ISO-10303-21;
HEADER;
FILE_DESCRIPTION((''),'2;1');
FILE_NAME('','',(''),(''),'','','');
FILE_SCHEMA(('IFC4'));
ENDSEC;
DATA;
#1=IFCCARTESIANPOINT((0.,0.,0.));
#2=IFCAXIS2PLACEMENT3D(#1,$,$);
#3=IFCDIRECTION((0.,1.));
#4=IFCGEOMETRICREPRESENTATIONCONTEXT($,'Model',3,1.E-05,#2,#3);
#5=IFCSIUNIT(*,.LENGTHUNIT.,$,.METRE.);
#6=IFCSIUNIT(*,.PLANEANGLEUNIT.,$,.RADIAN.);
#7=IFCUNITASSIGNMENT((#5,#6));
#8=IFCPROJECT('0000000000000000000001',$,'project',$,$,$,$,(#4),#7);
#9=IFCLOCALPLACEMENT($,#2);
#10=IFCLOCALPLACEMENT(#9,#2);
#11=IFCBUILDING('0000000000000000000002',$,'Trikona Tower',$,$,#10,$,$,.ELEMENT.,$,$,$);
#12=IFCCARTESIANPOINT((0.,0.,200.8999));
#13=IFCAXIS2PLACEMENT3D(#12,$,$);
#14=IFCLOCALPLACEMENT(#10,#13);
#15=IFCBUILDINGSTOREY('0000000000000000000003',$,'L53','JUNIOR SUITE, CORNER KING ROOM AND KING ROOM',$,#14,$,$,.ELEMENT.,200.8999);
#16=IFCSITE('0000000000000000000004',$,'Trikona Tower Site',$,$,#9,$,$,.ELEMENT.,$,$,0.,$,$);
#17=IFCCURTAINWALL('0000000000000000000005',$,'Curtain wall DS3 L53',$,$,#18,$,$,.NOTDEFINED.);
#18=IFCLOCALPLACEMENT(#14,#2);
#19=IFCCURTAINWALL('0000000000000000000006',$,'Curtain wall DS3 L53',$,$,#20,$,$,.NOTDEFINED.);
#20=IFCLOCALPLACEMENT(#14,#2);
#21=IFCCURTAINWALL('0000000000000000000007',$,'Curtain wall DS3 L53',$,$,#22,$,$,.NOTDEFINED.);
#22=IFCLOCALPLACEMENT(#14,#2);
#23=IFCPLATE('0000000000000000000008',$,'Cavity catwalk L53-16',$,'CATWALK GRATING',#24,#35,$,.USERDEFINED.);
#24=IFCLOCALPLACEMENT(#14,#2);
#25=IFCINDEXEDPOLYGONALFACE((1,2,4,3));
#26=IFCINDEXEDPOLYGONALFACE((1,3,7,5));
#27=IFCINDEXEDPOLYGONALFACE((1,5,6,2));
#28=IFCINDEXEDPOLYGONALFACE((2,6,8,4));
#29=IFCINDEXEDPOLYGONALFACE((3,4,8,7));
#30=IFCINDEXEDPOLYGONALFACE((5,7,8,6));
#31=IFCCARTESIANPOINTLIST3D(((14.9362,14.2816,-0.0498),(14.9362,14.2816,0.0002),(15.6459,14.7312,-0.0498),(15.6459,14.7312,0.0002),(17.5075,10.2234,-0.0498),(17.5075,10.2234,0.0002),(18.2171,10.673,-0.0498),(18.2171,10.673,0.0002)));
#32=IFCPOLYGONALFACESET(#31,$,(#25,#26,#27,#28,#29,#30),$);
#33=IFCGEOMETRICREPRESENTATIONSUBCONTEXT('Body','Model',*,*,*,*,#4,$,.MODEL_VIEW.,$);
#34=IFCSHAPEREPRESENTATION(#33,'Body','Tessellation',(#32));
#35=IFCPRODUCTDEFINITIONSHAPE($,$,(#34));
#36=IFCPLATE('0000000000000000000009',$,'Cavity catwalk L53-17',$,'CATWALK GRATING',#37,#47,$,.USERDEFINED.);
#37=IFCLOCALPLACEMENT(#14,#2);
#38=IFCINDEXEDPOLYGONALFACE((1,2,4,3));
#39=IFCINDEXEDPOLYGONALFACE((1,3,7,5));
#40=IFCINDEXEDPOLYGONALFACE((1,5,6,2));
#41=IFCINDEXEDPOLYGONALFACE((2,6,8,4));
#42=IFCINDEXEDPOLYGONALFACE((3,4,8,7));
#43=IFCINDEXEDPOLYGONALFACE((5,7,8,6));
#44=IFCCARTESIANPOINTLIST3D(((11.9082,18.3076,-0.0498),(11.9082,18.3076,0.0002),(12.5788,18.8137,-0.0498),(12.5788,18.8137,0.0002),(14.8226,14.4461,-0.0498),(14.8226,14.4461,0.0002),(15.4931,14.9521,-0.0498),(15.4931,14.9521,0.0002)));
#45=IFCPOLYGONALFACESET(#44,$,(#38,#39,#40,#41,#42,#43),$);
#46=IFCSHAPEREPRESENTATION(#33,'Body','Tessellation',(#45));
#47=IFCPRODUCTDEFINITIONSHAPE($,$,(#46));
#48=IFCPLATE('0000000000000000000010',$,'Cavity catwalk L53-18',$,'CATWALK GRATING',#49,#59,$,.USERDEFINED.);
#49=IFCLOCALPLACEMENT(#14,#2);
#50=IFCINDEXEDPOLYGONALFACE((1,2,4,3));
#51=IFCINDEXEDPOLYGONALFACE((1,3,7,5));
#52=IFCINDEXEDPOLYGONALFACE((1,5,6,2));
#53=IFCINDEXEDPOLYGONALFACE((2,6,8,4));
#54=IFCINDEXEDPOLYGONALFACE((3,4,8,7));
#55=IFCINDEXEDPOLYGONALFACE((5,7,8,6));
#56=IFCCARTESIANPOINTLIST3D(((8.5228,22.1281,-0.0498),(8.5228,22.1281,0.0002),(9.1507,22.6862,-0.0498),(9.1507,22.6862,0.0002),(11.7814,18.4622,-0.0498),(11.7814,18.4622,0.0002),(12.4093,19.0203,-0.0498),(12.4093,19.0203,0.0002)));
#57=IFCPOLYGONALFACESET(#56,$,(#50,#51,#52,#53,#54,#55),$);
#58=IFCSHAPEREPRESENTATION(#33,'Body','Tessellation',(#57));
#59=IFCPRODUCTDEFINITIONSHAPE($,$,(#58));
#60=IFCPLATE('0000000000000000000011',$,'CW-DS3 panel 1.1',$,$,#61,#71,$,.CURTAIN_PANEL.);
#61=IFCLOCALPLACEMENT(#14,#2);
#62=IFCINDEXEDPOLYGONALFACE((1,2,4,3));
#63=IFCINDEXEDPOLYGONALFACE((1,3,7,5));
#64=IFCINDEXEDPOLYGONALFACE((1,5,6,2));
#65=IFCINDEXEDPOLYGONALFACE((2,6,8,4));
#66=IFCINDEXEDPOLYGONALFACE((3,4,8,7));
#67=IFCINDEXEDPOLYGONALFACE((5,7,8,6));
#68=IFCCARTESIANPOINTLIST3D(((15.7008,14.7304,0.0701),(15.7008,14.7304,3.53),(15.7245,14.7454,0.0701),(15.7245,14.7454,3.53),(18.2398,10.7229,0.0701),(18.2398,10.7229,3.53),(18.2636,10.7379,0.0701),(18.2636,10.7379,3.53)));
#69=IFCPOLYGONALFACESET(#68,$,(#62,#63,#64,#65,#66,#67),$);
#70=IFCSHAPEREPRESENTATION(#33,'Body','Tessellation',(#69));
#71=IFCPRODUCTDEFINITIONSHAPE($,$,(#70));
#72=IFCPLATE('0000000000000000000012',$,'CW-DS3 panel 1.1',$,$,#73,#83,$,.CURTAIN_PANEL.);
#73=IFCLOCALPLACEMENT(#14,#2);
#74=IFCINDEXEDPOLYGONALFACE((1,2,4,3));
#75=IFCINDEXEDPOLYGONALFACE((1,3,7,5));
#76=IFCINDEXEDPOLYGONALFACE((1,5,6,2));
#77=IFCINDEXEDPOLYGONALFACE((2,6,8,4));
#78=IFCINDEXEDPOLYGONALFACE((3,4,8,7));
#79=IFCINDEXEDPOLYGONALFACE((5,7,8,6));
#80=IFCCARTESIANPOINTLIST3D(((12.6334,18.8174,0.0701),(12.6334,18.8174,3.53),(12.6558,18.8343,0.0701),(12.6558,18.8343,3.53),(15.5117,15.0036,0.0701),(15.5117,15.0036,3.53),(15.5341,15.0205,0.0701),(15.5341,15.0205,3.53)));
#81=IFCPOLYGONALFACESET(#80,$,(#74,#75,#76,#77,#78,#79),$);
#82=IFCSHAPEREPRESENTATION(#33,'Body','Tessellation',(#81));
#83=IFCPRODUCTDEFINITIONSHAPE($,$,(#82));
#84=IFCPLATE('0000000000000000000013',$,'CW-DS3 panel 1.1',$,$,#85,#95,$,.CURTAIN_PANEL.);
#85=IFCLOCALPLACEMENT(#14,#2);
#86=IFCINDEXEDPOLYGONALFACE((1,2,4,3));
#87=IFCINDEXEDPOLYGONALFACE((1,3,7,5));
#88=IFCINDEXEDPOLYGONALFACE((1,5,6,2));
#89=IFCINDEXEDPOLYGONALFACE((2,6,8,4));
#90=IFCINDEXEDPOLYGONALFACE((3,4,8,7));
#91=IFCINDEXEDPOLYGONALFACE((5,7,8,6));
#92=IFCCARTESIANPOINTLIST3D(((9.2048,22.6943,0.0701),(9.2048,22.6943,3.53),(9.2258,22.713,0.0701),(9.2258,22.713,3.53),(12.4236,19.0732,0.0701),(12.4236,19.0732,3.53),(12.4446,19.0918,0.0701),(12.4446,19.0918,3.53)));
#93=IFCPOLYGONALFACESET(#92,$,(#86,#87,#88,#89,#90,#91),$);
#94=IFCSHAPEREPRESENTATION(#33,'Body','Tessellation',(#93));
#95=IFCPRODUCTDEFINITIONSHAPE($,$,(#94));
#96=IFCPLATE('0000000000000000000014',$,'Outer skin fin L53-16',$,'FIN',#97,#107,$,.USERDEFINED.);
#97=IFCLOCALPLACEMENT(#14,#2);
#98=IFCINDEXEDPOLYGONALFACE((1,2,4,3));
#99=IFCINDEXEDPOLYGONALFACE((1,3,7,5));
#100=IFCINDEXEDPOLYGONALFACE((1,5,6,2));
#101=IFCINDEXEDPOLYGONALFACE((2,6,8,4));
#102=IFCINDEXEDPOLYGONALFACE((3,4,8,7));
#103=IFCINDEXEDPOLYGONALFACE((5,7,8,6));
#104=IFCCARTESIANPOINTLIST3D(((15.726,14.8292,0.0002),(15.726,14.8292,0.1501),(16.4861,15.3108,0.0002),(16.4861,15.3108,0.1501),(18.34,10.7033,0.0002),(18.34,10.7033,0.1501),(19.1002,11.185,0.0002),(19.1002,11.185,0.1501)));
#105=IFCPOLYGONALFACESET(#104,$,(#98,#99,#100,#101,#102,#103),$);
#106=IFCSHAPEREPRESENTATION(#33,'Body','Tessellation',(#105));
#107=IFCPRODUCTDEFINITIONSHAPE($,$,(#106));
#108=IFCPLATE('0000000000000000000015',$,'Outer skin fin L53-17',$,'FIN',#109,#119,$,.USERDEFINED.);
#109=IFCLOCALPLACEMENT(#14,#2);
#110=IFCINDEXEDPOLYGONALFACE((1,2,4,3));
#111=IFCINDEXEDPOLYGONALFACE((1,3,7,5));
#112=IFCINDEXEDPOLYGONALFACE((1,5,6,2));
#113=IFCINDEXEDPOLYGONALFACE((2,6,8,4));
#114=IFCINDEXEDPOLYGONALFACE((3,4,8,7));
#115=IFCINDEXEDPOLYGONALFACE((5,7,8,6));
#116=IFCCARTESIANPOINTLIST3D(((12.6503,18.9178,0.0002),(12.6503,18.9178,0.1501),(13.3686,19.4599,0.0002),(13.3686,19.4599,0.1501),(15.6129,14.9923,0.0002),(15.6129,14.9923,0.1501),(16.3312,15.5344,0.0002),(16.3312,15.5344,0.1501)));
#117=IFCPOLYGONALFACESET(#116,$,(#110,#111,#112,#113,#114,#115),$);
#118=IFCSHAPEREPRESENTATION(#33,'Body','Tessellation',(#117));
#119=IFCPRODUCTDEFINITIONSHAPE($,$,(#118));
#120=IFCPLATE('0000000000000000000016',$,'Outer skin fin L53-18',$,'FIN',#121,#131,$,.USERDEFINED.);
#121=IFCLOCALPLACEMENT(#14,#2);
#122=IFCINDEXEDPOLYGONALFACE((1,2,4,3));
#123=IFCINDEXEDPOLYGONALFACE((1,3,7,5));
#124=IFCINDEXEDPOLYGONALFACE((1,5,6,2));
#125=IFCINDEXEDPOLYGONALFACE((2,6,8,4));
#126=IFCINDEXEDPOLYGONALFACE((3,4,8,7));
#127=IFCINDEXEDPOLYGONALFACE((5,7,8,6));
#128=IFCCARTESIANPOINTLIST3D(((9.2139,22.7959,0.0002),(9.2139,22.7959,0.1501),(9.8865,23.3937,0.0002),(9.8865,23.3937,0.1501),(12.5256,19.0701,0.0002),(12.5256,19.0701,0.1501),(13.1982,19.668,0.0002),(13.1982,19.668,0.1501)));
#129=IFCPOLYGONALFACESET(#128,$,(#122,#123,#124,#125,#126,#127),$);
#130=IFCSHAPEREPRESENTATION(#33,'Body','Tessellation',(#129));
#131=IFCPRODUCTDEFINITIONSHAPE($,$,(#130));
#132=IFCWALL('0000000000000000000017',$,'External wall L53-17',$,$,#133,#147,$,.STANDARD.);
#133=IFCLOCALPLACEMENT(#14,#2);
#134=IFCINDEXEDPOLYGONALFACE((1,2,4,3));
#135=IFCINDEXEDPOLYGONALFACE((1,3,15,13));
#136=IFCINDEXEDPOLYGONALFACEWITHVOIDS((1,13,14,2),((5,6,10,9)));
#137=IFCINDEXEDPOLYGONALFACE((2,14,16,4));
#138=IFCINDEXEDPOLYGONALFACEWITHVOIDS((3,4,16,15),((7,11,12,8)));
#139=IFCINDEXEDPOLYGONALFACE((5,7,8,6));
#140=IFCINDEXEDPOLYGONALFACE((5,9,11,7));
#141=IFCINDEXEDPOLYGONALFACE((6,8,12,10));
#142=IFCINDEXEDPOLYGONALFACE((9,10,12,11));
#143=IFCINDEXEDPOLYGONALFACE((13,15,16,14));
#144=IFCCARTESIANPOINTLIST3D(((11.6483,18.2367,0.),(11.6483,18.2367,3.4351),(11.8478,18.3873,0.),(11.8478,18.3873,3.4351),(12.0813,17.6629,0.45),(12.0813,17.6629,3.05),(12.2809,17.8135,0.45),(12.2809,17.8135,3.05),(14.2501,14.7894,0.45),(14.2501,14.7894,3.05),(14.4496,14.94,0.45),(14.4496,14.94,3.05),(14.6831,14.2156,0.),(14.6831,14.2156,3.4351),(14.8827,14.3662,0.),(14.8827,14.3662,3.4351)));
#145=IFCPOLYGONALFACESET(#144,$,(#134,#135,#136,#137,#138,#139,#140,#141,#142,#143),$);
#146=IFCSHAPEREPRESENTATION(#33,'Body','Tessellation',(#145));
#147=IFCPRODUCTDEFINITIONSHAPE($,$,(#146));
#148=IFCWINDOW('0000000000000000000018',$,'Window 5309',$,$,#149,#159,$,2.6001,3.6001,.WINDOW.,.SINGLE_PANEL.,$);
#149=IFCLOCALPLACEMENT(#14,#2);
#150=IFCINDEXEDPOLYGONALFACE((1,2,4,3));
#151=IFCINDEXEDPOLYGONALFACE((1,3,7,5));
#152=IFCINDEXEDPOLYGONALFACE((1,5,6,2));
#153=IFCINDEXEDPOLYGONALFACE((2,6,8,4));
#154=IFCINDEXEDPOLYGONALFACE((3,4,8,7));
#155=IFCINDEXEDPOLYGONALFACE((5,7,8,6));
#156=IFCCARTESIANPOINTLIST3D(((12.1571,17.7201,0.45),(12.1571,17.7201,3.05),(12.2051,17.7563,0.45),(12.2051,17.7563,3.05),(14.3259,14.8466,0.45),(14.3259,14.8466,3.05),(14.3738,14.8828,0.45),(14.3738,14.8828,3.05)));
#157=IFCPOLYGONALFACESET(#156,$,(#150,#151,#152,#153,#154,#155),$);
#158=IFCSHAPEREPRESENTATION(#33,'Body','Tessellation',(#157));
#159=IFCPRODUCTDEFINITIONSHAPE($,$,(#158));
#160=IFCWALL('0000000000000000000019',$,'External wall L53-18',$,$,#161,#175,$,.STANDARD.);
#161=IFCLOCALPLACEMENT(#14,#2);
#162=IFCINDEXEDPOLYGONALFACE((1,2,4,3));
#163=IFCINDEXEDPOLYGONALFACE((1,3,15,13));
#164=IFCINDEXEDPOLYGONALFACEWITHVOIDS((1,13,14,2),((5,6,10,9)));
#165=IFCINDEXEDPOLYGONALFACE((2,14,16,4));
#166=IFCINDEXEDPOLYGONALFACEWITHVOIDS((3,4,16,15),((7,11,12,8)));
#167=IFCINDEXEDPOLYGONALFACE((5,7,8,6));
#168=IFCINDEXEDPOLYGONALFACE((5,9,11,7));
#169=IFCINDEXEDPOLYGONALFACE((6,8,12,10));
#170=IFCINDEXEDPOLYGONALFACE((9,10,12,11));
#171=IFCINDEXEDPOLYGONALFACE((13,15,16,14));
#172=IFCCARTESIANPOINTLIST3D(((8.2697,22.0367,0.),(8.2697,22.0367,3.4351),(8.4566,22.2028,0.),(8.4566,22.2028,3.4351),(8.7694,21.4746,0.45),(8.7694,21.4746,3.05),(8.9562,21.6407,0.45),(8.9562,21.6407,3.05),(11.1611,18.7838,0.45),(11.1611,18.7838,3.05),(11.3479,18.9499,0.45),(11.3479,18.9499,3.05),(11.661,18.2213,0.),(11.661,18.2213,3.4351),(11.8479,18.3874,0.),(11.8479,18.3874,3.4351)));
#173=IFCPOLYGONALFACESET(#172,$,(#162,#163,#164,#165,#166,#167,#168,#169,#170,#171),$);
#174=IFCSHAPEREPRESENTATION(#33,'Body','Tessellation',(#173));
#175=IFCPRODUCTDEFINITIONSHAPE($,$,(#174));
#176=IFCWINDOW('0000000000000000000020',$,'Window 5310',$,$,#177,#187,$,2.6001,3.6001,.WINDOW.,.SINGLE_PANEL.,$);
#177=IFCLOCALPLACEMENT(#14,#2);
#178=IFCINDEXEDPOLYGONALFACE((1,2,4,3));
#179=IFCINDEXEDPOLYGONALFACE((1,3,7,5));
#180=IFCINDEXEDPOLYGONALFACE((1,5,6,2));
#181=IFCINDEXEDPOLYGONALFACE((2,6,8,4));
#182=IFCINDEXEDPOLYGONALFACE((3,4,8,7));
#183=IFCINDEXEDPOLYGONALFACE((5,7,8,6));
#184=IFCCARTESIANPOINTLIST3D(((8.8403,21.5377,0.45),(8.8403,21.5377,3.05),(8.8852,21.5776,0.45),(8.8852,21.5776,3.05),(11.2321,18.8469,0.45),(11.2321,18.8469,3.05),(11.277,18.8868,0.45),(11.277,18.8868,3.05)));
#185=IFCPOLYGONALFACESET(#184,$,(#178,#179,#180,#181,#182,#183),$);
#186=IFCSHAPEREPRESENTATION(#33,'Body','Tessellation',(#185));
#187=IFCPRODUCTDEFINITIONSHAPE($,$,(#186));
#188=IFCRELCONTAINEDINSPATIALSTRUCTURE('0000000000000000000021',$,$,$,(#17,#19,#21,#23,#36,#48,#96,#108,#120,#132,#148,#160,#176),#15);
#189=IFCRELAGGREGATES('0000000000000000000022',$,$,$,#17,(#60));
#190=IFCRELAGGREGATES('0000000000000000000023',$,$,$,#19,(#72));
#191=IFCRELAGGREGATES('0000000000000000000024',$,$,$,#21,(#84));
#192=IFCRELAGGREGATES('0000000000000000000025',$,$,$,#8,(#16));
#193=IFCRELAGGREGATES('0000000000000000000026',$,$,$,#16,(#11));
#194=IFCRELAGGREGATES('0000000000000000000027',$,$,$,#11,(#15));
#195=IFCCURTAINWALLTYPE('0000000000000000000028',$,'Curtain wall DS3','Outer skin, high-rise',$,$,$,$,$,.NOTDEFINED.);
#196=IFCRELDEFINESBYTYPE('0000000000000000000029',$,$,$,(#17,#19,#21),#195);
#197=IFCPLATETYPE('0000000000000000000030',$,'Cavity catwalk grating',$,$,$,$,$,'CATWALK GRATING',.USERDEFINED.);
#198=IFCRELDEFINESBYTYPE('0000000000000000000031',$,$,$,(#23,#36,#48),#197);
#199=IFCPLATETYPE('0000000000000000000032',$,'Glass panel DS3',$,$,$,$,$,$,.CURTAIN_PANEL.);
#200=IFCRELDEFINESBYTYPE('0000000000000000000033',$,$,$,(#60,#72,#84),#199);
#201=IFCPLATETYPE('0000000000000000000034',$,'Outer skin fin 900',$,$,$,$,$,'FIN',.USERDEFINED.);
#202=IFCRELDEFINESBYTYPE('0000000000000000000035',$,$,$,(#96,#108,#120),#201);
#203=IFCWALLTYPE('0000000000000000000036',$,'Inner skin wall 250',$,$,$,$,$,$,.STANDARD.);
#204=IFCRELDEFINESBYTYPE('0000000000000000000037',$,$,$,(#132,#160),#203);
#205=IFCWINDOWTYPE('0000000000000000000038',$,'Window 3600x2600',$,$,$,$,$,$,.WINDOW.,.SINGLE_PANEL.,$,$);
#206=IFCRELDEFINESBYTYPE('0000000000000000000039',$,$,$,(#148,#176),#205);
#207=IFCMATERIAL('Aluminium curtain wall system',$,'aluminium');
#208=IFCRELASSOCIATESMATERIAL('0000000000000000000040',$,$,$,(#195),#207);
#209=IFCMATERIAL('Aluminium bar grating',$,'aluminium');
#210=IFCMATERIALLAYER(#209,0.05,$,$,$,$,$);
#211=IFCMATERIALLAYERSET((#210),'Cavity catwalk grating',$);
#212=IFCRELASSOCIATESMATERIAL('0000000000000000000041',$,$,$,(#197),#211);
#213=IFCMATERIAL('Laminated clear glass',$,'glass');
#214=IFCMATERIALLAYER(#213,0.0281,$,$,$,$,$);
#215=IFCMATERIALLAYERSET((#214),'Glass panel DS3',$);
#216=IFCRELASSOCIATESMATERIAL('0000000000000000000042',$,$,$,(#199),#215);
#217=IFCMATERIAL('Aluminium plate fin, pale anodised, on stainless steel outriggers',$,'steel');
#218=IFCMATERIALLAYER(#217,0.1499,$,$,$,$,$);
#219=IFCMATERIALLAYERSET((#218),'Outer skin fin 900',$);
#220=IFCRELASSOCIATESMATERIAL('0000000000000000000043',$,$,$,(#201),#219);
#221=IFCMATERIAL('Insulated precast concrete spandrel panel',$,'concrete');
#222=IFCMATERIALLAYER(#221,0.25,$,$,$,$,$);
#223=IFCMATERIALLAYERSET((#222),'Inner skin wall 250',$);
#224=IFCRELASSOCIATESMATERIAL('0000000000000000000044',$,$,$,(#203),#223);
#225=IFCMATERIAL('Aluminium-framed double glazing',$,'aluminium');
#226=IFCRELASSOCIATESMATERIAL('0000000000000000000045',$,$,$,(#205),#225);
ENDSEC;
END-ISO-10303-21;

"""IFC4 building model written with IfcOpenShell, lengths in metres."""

from ifc_helpers import new_model, si_unit, direction, frame, frame_2d, origin, origin_2d, place, context, subcontext, project, spatial, rectangle, extrude, material, layer, layer_set, type_object, element, fill, aggregate, save


model = new_model("IFC4")

# Units and contexts
model_context = context("Model", 3, precision=1e-05, world=origin(), true_north=direction((0.0, 1.0)))
body_context = subcontext(model_context, "Body", "Model", "MODEL_VIEW")
ifc_project = project(units=[si_unit("LENGTHUNIT", "METRE"), si_unit("PLANEANGLEUNIT", "RADIAN")], contexts=[model_context])

# Site, building, storey
site_placement = place(None, origin())
site = spatial("IfcSite", under=ifc_project, at=site_placement, Name="Trikona Tower Site", CompositionType="ELEMENT", RefElevation=0.0)
building_placement = place(site_placement, origin())
building = spatial("IfcBuilding", under=site, at=building_placement, Name="Trikona Tower", CompositionType="ELEMENT")
storey_placement = place(building_placement, frame((0.0, 0.0, 200.8999)))
storey = spatial("IfcBuildingStorey", under=building, at=storey_placement, Name="L53", Description="JUNIOR SUITE, CORNER KING ROOM AND KING ROOM", CompositionType="ELEMENT", Elevation=200.8999)

# Curtain wall
ifc_material_1 = material(Name="Aluminium curtain wall system", Category="aluminium")
curtain_wall_type = type_object("IfcCurtainWallType", Name="Curtain wall DS3", Description="Outer skin, high-rise", PredefinedType="NOTDEFINED", material=ifc_material_1)
curtain_wall_1_placement = place(storey_placement, origin())
curtain_wall_1 = element("IfcCurtainWall", 1, at=curtain_wall_1_placement, inside=storey, type_object=curtain_wall_type, Name="Curtain wall DS3 L53", PredefinedType="NOTDEFINED")

# Curtain walls
curtain_wall_2_placement = place(storey_placement, origin())
curtain_wall_2 = element("IfcCurtainWall", 2, at=curtain_wall_2_placement, inside=storey, type_object=curtain_wall_type, Name="Curtain wall DS3 L53", PredefinedType="NOTDEFINED")
curtain_wall_3_placement = place(storey_placement, origin())
curtain_wall_3 = element("IfcCurtainWall", 3, at=curtain_wall_3_placement, inside=storey, type_object=curtain_wall_type, Name="Curtain wall DS3 L53", PredefinedType="NOTDEFINED")

# Plates
ifc_material_2 = material(Name="Aluminium bar grating", Category="aluminium")
ifc_layer_1 = layer(ifc_material_2, 0.05)
ifc_layer_set_1 = layer_set([ifc_layer_1], Name="Cavity catwalk grating")
plate_type_1 = type_object("IfcPlateType", Name="Cavity catwalk grating", ElementType="CATWALK GRATING", PredefinedType="USERDEFINED", material=ifc_layer_set_1)
plate_1_placement = place(storey_placement, frame((16.5767, 12.4773, -0.0498), z_axis=(0.0, 0.0, 1.0), x_axis=(-0.535205, 0.844722, 0.0)))
element("IfcPlate", 4, at=plate_1_placement, inside=storey, type_object=plate_type_1, Name="Cavity catwalk L53-16", ObjectType="CATWALK GRATING", PredefinedType="USERDEFINED", context=body_context, shape_type="SweptSolid", body=[
    extrude(rectangle(XDim=4.8042, YDim=0.8401, at=origin_2d()), origin(), (0.0, 0.0, 1.0), 0.05),
])
plate_2_placement = place(storey_placement, frame((13.7007, 16.6299, -0.0498), z_axis=(0.0, 0.0, 1.0), x_axis=(-0.602402, 0.798193, 0.0)))
element("IfcPlate", 5, at=plate_2_placement, inside=storey, type_object=plate_type_1, Name="Cavity catwalk L53-17", ObjectType="CATWALK GRATING", PredefinedType="USERDEFINED", context=body_context, shape_type="SweptSolid", body=[
    extrude(rectangle(XDim=4.8379, YDim=0.8401, at=origin_2d()), origin(), (0.0, 0.0, 1.0), 0.05),
])
plate_3_placement = place(storey_placement, frame((10.4661, 20.5742, -0.0498), z_axis=(0.0, 0.0, 1.0), x_axis=(-0.664367, 0.747406, 0.0)))
element("IfcPlate", 6, at=plate_3_placement, inside=storey, type_object=plate_type_1, Name="Cavity catwalk L53-18", ObjectType="CATWALK GRATING", PredefinedType="USERDEFINED", context=body_context, shape_type="SweptSolid", body=[
    extrude(rectangle(XDim=4.9048, YDim=0.8401, at=origin_2d()), origin(), (0.0, 0.0, 1.0), 0.05),
])

# Plates
ifc_material_3 = material(Name="Laminated clear glass", Category="glass")
ifc_layer_2 = layer(ifc_material_3, 0.0281)
ifc_layer_set_2 = layer_set([ifc_layer_2], Name="Glass panel DS3")
plate_type_2 = type_object("IfcPlateType", Name="Glass panel DS3", PredefinedType="CURTAIN_PANEL", material=ifc_layer_set_2)
plate_4_placement = place(storey_placement, frame((16.9822, 12.7341, 0.0701), z_axis=(0.0, 0.0, 1.0), x_axis=(-0.535197, 0.844727, 0.0)))
plate_4 = element("IfcPlate", 7, at=plate_4_placement, type_object=plate_type_2, Name="CW-DS3 panel 1.1", PredefinedType="CURTAIN_PANEL", context=body_context, shape_type="SweptSolid", body=[
    extrude(rectangle(XDim=4.7441, YDim=0.0281, at=origin_2d()), origin(), (0.0, 0.0, 1.0), 3.46),
])
aggregate(curtain_wall_1, [plate_4])
plate_5_placement = place(storey_placement, frame((14.0837, 16.9189, 0.0701), z_axis=(0.0, 0.0, 1.0), x_axis=(-0.602402, 0.798193, 0.0)))
plate_5 = element("IfcPlate", 8, at=plate_5_placement, type_object=plate_type_2, Name="CW-DS3 panel 1.1", PredefinedType="CURTAIN_PANEL", context=body_context, shape_type="SweptSolid", body=[
    extrude(rectangle(XDim=4.7781, YDim=0.0281, at=origin_2d()), origin(), (0.0, 0.0, 1.0), 3.46),
])
aggregate(curtain_wall_2, [plate_5])
plate_6_placement = place(storey_placement, frame((10.8247, 20.8931, 0.0701), z_axis=(0.0, 0.0, 1.0), x_axis=(-0.664371, 0.747403, 0.0)))
plate_6 = element("IfcPlate", 9, at=plate_6_placement, type_object=plate_type_2, Name="CW-DS3 panel 1.1", PredefinedType="CURTAIN_PANEL", context=body_context, shape_type="SweptSolid", body=[
    extrude(rectangle(XDim=4.845, YDim=0.0281, at=origin_2d()), origin(), (0.0, 0.0, 1.0), 3.46),
])
aggregate(curtain_wall_3, [plate_6])

# Plates
ifc_material_4 = material(Name="Aluminium plate fin, pale anodised, on stainless steel outriggers", Category="steel")
ifc_layer_3 = layer(ifc_material_4, 0.1499)
ifc_layer_set_3 = layer_set([ifc_layer_3], Name="Outer skin fin 900")
plate_type_3 = type_object("IfcPlateType", Name="Outer skin fin 900", ElementType="FIN", PredefinedType="USERDEFINED", material=ifc_layer_set_3)
plate_7_placement = place(storey_placement, frame((17.4131, 13.0071, 0.0002), z_axis=(0.0, 0.0, 1.0), x_axis=(-0.535205, 0.844722, 0.0)))
element("IfcPlate", 10, at=plate_7_placement, inside=storey, type_object=plate_type_3, Name="Outer skin fin L53-16", ObjectType="FIN", PredefinedType="USERDEFINED", context=body_context, shape_type="SweptSolid", body=[
    extrude(rectangle(XDim=4.8843, YDim=0.8999, at=origin_2d()), origin(), (0.0, 0.0, 1.0), 0.1499),
])
plate_8_placement = place(storey_placement, frame((14.4907, 17.2261, 0.0002), z_axis=(0.0, 0.0, 1.0), x_axis=(-0.602402, 0.798193, 0.0)))
element("IfcPlate", 11, at=plate_8_placement, inside=storey, type_object=plate_type_3, Name="Outer skin fin L53-17", ObjectType="FIN", PredefinedType="USERDEFINED", context=body_context, shape_type="SweptSolid", body=[
    extrude(rectangle(XDim=4.918, YDim=0.8999, at=origin_2d()), origin(), (0.0, 0.0, 1.0), 0.1499),
])
plate_9_placement = place(storey_placement, frame((11.2061, 21.2319, 0.0002), z_axis=(0.0, 0.0, 1.0), x_axis=(-0.664367, 0.747406, 0.0)))
element("IfcPlate", 12, at=plate_9_placement, inside=storey, type_object=plate_type_3, Name="Outer skin fin L53-18", ObjectType="FIN", PredefinedType="USERDEFINED", context=body_context, shape_type="SweptSolid", body=[
    extrude(rectangle(XDim=4.9849, YDim=0.8999, at=origin_2d()), origin(), (0.0, 0.0, 1.0), 0.1499),
])

# Walls, openings, windows
ifc_material_5 = material(Name="Insulated precast concrete spandrel panel", Category="concrete")
ifc_layer_4 = layer(ifc_material_5, 0.25)
ifc_layer_set_4 = layer_set([ifc_layer_4], Name="Inner skin wall 250")
wall_type = type_object("IfcWallType", Name="Inner skin wall 250", PredefinedType="STANDARD", material=ifc_layer_set_4)
wall_1_placement = place(storey_placement, frame((14.783, 14.2908, 0.0), z_axis=(0.0, 0.0, 1.0), x_axis=(-0.602409, 0.798188, 0.0)))
wall_1 = element("IfcWall", 13, at=wall_1_placement, inside=storey, type_object=wall_type, Name="External wall L53-17", PredefinedType="STANDARD", context=body_context, shape_type="SweptSolid", body=[
    extrude(rectangle(XDim=5.0378, YDim=0.25, at=frame_2d((2.519, 0.0))), origin(), (0.0, 0.0, 1.0), 3.4351),
])
opening_1_placement = place(wall_1_placement, frame((0.719, 0.0, 0.45)))
opening_1 = element("IfcOpeningElement", 14, at=opening_1_placement, cuts=wall_1, PredefinedType="OPENING", context=body_context, shape_type="SweptSolid", body=[
    extrude(rectangle(XDim=3.6001, YDim=2.6001, at=frame_2d((1.8, 1.3))), frame((0.0, 0.135, 0.0), z_axis=(0.0, -1.0, 0.0), x_axis=(1.0, 0.0, 0.0)), (0.0, 0.0, 1.0), 0.27),
])
ifc_material_6 = material(Name="Aluminium-framed double glazing", Category="aluminium")
window_type = type_object("IfcWindowType", Name="Window 3600x2600", PartitioningType="SINGLE_PANEL", PredefinedType="WINDOW", material=ifc_material_6)
window_1_placement = place(opening_1_placement, origin())
window_1 = element("IfcWindow", 15, at=window_1_placement, inside=storey, type_object=window_type, Name="Window 5309", OverallHeight=2.6001, OverallWidth=3.6001, PartitioningType="SINGLE_PANEL", PredefinedType="WINDOW", context=body_context, shape_type="SweptSolid", body=[
    extrude(rectangle(XDim=3.6001, YDim=2.6001, at=frame_2d((1.8, 1.3))), frame((0.0, 0.03, 0.0), z_axis=(0.0, -1.0, 0.0), x_axis=(1.0, 0.0, 0.0)), (0.0, 0.0, 1.0), 0.0601),
])
fill(opening_1, window_1)
wall_2_placement = place(storey_placement, frame((11.7544, 18.3044, 0.0), z_axis=(0.0, 0.0, 1.0), x_axis=(-0.664349, 0.747423, 0.0)))
wall_2 = element("IfcWall", 16, at=wall_2_placement, inside=storey, type_object=wall_type, Name="External wall L53-18", PredefinedType="STANDARD", context=body_context, shape_type="SweptSolid", body=[
    extrude(rectangle(XDim=5.1047, YDim=0.25, at=frame_2d((2.5522, 0.0))), origin(), (0.0, 0.0, 1.0), 3.4351),
])
opening_2_placement = place(wall_2_placement, frame((0.7524, 0.0, 0.45)))
opening_2 = element("IfcOpeningElement", 17, at=opening_2_placement, cuts=wall_2, PredefinedType="OPENING", context=body_context, shape_type="SweptSolid", body=[
    extrude(rectangle(XDim=3.6001, YDim=2.6001, at=frame_2d((1.8, 1.3))), frame((0.0, 0.135, 0.0), z_axis=(0.0, -1.0, 0.0), x_axis=(1.0, 0.0, 0.0)), (0.0, 0.0, 1.0), 0.27),
])
window_2_placement = place(opening_2_placement, origin())
window_2 = element("IfcWindow", 18, at=window_2_placement, inside=storey, type_object=window_type, Name="Window 5310", OverallHeight=2.6001, OverallWidth=3.6001, PartitioningType="SINGLE_PANEL", PredefinedType="WINDOW", context=body_context, shape_type="SweptSolid", body=[
    extrude(rectangle(XDim=3.6001, YDim=2.6001, at=frame_2d((1.8, 1.3))), frame((0.0, 0.03, 0.0), z_axis=(0.0, -1.0, 0.0), x_axis=(1.0, 0.0, 0.0)), (0.0, 0.0, 1.0), 0.0601),
])
fill(opening_2, window_2)

save(model, "model.ifc")
